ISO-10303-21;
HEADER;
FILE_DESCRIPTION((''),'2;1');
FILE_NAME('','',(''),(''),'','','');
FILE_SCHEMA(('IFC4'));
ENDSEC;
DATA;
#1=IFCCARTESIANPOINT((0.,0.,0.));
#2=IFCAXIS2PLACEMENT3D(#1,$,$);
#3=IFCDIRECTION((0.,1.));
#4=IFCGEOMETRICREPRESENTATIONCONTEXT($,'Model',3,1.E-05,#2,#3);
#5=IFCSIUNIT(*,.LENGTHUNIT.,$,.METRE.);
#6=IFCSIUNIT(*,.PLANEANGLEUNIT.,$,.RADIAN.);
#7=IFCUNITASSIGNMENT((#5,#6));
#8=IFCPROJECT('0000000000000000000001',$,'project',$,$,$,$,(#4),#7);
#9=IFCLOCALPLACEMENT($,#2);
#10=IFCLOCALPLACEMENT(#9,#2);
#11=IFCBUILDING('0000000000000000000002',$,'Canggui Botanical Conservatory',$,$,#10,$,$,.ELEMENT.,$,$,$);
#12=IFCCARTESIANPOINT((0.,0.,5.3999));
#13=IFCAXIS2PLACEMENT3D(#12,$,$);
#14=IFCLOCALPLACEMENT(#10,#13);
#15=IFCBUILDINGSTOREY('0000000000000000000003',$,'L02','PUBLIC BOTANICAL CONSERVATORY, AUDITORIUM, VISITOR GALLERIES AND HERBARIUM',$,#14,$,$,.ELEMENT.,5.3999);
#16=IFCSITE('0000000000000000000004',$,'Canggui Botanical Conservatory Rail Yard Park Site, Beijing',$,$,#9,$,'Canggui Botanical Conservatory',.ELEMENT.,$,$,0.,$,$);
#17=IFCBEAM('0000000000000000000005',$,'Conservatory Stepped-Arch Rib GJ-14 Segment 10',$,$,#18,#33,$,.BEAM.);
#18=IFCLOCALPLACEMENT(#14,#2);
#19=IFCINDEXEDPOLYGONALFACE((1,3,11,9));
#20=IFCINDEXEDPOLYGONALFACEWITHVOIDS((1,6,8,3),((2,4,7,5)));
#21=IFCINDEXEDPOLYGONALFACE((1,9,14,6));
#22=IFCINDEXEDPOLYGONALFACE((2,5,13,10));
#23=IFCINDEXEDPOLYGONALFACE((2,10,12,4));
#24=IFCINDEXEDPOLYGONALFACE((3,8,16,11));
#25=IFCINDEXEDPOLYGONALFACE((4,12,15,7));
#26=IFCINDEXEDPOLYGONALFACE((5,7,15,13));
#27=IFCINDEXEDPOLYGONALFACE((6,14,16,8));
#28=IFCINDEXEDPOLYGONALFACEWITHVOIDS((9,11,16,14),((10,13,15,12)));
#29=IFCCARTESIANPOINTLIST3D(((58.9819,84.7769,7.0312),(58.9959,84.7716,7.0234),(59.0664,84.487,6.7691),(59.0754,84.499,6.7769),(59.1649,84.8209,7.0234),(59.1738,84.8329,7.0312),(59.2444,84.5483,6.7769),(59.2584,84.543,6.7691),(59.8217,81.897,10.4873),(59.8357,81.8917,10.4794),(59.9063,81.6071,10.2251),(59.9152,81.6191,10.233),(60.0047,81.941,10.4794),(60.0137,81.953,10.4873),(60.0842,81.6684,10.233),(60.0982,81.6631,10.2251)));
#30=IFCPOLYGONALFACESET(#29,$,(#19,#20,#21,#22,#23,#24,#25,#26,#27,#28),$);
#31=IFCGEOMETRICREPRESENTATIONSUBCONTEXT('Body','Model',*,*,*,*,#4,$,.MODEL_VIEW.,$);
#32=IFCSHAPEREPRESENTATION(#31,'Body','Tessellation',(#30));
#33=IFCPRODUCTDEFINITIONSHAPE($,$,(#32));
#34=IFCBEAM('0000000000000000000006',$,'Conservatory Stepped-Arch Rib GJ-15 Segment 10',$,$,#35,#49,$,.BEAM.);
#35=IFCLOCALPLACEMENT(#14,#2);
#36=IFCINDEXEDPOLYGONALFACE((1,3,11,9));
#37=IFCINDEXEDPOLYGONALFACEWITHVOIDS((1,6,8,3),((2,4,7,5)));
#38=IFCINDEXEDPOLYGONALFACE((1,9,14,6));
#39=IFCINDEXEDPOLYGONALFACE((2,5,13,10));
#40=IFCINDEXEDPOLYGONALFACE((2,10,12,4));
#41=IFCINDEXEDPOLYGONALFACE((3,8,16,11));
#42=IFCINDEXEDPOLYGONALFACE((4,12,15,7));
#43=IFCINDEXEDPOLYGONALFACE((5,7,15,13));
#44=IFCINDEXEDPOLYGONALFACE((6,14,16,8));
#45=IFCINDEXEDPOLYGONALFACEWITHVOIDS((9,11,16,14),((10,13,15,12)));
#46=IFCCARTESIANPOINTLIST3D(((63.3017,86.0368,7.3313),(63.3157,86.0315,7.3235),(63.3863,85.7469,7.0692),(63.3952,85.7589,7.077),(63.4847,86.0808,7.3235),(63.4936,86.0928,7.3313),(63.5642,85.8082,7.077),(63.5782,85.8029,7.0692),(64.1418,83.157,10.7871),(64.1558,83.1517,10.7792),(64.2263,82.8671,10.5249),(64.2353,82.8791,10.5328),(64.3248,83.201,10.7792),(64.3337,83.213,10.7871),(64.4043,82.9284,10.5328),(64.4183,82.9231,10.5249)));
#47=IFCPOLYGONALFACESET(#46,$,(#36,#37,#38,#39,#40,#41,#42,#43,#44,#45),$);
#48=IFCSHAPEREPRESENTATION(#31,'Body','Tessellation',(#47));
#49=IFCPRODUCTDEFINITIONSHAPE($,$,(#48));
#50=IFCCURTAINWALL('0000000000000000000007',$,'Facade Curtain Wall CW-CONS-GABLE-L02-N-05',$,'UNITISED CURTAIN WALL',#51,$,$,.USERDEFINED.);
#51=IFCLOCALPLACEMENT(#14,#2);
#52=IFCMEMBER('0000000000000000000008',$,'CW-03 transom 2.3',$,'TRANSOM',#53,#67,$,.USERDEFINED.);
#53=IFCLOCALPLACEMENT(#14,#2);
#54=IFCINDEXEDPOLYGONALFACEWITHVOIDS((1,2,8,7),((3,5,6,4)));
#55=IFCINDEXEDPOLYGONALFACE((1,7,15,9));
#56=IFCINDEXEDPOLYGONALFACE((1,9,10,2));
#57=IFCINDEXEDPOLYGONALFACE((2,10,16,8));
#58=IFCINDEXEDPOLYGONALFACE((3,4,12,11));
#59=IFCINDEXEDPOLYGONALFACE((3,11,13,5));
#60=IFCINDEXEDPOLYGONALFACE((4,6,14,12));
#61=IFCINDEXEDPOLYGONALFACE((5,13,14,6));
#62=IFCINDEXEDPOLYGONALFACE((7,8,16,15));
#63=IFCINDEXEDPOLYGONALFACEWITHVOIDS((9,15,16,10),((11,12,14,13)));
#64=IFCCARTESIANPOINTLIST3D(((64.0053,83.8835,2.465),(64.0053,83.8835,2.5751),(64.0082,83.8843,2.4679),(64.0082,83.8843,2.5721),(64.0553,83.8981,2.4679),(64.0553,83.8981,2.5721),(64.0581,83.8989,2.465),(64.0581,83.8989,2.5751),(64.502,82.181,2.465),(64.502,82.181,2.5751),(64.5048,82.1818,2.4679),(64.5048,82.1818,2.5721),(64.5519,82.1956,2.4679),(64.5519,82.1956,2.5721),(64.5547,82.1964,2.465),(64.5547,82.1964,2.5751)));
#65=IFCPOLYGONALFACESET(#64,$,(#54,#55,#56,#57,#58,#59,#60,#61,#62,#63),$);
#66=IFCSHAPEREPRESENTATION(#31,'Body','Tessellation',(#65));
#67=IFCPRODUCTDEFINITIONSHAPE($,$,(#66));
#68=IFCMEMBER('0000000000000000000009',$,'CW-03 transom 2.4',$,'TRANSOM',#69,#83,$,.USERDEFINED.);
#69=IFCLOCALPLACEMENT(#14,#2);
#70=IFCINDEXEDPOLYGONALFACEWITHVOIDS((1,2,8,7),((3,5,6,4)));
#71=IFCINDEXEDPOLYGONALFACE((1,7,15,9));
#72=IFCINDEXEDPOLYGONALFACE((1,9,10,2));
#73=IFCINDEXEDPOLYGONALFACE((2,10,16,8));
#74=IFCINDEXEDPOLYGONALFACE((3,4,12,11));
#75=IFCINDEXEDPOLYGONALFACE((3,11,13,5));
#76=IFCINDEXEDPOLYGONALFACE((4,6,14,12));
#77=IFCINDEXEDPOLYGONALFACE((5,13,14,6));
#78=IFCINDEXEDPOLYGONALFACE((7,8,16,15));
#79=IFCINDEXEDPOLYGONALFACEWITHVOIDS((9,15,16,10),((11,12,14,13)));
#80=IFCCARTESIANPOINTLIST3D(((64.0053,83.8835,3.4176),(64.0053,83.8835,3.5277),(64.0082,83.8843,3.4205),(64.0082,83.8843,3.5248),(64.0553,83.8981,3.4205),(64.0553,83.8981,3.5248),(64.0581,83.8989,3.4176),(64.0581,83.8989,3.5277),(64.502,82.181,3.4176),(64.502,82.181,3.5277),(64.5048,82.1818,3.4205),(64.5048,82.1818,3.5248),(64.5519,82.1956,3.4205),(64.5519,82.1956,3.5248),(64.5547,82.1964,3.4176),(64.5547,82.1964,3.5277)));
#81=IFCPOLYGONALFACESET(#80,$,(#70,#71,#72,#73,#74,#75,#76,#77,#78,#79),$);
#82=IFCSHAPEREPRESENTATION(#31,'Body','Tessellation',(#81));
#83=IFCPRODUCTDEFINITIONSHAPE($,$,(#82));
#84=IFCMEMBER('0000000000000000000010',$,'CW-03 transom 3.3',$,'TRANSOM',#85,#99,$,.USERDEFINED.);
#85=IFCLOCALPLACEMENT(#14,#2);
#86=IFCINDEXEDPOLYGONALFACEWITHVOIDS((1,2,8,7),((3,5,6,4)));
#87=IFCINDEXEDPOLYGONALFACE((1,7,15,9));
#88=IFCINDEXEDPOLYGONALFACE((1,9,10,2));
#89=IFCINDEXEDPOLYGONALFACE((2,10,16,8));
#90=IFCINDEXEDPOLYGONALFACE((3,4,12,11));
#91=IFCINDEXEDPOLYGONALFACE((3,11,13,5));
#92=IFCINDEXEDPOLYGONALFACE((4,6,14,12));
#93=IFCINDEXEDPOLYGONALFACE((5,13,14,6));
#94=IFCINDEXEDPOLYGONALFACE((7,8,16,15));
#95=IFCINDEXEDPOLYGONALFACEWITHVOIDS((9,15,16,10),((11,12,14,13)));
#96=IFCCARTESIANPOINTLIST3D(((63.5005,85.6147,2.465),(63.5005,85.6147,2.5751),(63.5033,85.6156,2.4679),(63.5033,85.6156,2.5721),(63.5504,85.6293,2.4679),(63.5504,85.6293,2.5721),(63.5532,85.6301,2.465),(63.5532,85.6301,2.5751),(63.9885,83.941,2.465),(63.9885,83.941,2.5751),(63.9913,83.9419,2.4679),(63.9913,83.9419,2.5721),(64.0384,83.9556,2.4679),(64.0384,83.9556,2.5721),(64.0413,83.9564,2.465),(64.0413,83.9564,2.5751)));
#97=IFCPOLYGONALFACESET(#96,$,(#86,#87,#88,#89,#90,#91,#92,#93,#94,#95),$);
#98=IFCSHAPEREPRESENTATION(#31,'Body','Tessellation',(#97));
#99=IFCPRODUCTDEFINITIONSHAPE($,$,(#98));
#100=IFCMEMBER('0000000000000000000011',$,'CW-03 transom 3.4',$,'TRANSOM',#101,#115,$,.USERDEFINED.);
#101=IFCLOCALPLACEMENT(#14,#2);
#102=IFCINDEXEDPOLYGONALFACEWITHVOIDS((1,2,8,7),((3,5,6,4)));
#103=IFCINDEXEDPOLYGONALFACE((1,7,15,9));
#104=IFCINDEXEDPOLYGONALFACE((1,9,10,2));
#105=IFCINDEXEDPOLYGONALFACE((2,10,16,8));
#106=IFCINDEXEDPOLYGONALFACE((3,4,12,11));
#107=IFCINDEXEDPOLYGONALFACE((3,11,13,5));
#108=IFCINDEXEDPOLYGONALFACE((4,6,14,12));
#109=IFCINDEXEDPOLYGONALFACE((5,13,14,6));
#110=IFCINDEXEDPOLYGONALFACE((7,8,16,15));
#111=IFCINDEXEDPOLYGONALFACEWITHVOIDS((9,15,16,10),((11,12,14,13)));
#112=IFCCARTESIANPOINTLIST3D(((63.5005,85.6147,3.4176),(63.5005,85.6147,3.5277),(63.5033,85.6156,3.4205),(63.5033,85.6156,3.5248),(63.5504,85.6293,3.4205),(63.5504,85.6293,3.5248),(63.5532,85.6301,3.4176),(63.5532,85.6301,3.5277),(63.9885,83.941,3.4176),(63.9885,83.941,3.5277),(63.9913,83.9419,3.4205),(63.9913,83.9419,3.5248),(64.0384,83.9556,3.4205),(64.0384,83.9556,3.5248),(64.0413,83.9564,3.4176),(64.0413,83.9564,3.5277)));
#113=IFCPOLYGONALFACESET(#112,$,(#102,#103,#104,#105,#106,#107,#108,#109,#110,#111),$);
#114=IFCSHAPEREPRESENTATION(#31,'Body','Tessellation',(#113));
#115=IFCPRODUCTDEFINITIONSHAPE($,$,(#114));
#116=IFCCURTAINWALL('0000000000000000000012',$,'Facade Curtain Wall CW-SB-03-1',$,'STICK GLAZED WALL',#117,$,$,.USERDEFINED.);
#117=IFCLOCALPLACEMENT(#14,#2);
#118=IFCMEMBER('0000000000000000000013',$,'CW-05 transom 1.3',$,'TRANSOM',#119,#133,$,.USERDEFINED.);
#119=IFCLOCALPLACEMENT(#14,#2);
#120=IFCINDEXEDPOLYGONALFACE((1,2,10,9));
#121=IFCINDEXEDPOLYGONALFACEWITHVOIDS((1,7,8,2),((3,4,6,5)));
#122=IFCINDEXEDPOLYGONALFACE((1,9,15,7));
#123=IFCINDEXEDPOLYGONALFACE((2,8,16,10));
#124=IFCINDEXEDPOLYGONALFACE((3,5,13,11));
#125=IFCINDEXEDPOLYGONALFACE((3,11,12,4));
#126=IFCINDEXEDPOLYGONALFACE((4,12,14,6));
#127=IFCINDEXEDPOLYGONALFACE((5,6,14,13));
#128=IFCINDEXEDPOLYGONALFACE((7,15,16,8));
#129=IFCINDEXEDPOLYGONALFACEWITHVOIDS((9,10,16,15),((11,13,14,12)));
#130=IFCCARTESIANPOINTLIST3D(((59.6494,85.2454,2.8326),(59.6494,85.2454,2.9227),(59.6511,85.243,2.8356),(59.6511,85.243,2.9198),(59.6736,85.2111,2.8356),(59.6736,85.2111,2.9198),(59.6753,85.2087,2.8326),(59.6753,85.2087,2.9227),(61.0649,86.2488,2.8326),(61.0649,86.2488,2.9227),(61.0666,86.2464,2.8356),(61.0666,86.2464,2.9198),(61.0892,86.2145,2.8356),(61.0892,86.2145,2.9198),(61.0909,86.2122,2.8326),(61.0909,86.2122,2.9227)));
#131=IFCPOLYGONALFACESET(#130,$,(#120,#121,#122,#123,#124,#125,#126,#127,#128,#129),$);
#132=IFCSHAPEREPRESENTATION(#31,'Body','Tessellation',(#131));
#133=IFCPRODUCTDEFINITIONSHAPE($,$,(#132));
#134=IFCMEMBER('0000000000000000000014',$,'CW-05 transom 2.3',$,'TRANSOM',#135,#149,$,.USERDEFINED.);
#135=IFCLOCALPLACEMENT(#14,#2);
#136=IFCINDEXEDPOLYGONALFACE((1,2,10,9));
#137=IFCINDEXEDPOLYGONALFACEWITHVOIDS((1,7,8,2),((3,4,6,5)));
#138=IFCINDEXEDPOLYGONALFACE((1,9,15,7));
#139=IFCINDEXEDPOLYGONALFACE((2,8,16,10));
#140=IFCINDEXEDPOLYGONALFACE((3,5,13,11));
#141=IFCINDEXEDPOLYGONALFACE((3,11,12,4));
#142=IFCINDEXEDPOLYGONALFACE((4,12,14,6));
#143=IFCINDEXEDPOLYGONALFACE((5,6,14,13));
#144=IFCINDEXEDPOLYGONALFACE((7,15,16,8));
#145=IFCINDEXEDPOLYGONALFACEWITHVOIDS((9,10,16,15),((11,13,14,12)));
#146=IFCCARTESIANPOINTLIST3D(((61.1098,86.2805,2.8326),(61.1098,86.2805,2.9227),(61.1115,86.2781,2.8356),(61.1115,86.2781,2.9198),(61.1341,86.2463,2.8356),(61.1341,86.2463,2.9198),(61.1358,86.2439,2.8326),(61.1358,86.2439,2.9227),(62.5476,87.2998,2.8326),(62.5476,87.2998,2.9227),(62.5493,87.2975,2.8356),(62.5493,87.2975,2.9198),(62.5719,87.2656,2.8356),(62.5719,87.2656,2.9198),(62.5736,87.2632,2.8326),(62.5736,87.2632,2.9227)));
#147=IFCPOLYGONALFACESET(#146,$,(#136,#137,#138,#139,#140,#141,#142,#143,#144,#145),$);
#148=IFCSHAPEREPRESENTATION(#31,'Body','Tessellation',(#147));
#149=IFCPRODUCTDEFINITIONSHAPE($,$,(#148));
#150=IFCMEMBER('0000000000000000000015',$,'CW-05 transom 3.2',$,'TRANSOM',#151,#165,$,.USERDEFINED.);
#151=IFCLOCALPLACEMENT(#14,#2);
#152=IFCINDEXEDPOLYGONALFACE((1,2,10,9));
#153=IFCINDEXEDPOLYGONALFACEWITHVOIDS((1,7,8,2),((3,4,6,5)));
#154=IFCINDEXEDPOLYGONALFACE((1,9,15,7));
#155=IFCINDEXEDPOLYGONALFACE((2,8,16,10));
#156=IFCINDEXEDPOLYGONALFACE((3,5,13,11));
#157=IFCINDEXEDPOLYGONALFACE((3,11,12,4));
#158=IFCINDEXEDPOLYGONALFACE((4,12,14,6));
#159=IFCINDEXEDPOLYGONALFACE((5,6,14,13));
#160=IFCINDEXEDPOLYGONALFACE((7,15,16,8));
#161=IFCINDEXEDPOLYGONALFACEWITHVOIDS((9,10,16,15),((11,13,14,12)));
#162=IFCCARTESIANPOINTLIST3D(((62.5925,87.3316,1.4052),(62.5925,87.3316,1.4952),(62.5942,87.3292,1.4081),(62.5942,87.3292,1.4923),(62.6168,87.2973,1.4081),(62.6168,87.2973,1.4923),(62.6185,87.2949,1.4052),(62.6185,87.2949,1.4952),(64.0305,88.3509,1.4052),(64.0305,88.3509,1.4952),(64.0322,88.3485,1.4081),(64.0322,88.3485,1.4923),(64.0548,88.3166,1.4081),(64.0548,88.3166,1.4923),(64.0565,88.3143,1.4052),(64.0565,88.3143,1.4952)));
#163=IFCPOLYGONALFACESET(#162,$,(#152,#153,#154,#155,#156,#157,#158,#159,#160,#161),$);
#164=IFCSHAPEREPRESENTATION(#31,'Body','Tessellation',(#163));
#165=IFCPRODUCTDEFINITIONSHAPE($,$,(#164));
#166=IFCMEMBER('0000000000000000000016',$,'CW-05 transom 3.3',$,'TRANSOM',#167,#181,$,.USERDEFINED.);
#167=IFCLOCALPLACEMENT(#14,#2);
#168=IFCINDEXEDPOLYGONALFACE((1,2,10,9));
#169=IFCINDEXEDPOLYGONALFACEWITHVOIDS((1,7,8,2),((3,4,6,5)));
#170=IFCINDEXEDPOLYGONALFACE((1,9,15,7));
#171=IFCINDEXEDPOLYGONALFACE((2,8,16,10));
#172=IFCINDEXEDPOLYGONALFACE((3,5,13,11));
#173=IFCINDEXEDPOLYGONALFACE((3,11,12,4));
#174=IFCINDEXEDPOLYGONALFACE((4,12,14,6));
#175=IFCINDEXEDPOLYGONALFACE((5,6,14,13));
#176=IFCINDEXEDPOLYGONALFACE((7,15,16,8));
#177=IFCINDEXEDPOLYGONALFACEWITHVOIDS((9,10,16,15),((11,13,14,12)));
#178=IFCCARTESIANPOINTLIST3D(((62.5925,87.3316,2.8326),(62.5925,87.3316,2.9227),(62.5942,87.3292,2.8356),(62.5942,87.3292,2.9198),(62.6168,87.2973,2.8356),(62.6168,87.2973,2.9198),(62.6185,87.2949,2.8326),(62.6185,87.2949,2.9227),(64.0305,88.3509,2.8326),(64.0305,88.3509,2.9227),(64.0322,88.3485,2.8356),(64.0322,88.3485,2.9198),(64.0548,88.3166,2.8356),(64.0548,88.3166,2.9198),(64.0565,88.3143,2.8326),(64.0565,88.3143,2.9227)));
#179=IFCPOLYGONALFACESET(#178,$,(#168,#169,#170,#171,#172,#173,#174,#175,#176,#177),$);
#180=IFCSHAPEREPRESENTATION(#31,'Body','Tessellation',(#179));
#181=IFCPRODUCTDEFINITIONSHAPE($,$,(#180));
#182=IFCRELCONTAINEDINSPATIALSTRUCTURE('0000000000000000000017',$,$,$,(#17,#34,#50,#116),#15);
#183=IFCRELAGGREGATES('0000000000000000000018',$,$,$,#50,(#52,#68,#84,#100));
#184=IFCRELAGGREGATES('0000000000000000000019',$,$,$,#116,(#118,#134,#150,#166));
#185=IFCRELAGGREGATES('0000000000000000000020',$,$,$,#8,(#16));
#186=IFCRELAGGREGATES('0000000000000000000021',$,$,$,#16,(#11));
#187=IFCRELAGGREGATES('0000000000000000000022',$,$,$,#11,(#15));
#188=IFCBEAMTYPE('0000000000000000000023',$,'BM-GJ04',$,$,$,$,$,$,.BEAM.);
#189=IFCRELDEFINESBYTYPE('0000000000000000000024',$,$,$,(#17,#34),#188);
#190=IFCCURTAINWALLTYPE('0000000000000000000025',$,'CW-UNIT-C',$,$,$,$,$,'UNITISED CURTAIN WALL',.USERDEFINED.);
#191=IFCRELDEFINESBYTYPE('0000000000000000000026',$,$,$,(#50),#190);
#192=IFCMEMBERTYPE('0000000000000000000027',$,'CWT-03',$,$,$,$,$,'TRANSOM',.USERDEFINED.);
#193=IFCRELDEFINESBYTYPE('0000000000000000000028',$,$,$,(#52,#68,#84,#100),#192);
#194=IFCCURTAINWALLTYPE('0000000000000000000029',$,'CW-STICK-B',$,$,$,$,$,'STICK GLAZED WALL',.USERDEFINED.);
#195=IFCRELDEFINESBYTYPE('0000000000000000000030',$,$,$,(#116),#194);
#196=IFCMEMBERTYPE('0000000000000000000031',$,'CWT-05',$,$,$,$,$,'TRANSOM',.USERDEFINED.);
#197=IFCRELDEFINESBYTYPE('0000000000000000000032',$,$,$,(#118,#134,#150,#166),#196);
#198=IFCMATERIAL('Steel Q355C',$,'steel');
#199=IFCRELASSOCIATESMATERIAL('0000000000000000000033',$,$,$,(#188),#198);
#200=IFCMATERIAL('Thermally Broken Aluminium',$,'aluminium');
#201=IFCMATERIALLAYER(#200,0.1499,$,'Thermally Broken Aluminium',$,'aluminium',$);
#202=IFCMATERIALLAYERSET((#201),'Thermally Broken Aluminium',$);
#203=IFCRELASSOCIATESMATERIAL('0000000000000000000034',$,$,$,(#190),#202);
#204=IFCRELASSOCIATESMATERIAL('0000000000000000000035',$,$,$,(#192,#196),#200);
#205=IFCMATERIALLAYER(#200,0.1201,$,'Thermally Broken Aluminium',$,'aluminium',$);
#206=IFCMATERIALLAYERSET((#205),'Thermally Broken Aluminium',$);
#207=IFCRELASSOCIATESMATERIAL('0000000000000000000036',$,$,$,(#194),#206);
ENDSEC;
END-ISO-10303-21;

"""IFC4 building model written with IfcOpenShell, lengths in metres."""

from ifc_helpers import new_model, si_unit, direction, frame, origin, origin_2d, place, context, subcontext, project, spatial, hollow_rectangle, extrude, material, layer, layer_set, material_profile, profile_set, type_object, element, aggregate, save


model = new_model("IFC4")

# Units and contexts
model_context = context("Model", 3, precision=1e-05, world=origin(), true_north=direction((0.0, 1.0)))
body_context = subcontext(model_context, "Body", "Model", "MODEL_VIEW")
ifc_project = project(units=[si_unit("LENGTHUNIT", "METRE"), si_unit("PLANEANGLEUNIT", "RADIAN")], contexts=[model_context])

# Site, building, storey
site_placement = place(None, origin())
site = spatial("IfcSite", under=ifc_project, at=site_placement, Name="Canggui Botanical Conservatory Rail Yard Park Site, Beijing", LongName="Canggui Botanical Conservatory", CompositionType="ELEMENT", RefElevation=0.0)
building_placement = place(site_placement, origin())
building = spatial("IfcBuilding", under=site, at=building_placement, Name="Canggui Botanical Conservatory", CompositionType="ELEMENT")
storey_placement = place(building_placement, frame((0.0, 0.0, 5.3999)))
storey = spatial("IfcBuildingStorey", under=building, at=storey_placement, Name="L02", Description="PUBLIC BOTANICAL CONSERVATORY, AUDITORIUM, VISITOR GALLERIES AND HERBARIUM", CompositionType="ELEMENT", Elevation=5.3999)

# Beams
ifc_material_1 = material(Name="Steel Q355C", Category="steel")
ifc_material_profile_1 = material_profile(ifc_material_1, hollow_rectangle(XDim=0.2, YDim=0.3999, WallThickness=0.012, at=origin_2d()), Name="RHS 200x400x12")
ifc_profile_set_1 = profile_set([ifc_material_profile_1], Name="Steel Q355C")
beam_type = type_object("IfcBeamType", Name="BM-GJ04", PredefinedType="BEAM", material=ifc_profile_set_1)
beam_1_placement = place(storey_placement, frame((59.96, 81.78, 10.3562), z_axis=(-0.183517, 0.629291, -0.755192), x_axis=(-0.960011, -0.279962, 0.0)))
element("IfcBeam", 1, at=beam_1_placement, inside=storey, type_object=beam_type, Name="Conservatory Stepped-Arch Rib GJ-14 Segment 10", PredefinedType="BEAM", context=body_context, shape_type="SweptSolid", body=[
    extrude(hollow_rectangle(XDim=0.2, YDim=0.3999, WallThickness=0.012, at=origin_2d()), origin(), (0.0, 0.0, 1.0), 4.5764),
])
beam_2_placement = place(storey_placement, frame((64.28, 83.04, 10.656), z_axis=(-0.183575, 0.62931, -0.755161), x_axis=(-0.959989, -0.280038, 0.0)))
element("IfcBeam", 2, at=beam_2_placement, inside=storey, type_object=beam_type, Name="Conservatory Stepped-Arch Rib GJ-15 Segment 10", PredefinedType="BEAM", context=body_context, shape_type="SweptSolid", body=[
    extrude(hollow_rectangle(XDim=0.2, YDim=0.3999, WallThickness=0.012, at=origin_2d()), origin(), (0.0, 0.0, 1.0), 4.5762),
])

# Curtain walls, members
ifc_material_2 = material(Name="Thermally Broken Aluminium", Category="aluminium")
ifc_layer_1 = layer(ifc_material_2, 0.1499, Name="Thermally Broken Aluminium", Category="aluminium")
ifc_layer_set_1 = layer_set([ifc_layer_1], Name="Thermally Broken Aluminium")
curtain_wall_type_1 = type_object("IfcCurtainWallType", Name="CW-UNIT-C", ElementType="UNITISED CURTAIN WALL", PredefinedType="USERDEFINED", material=ifc_layer_set_1)
curtain_wall_1_placement = place(storey_placement, origin())
curtain_wall_1 = element("IfcCurtainWall", 3, at=curtain_wall_1_placement, inside=storey, type_object=curtain_wall_type_1, Name="Facade Curtain Wall CW-CONS-GABLE-L02-N-05", ObjectType="UNITISED CURTAIN WALL", PredefinedType="USERDEFINED")
ifc_material_profile_2 = material_profile(ifc_material_2, hollow_rectangle(XDim=0.0549, YDim=0.1101, WallThickness=0.0029, at=origin_2d()), Name="CWT 55x110x3")
ifc_profile_set_2 = profile_set([ifc_material_profile_2], Name="Thermally Broken Aluminium")
member_type_1 = type_object("IfcMemberType", Name="CWT-03", ElementType="TRANSOM", PredefinedType="USERDEFINED", material=ifc_profile_set_2)
member_1_placement = place(storey_placement, frame((64.5283, 82.1887, 2.52), z_axis=(-0.280026, 0.959992, 0.0), x_axis=(-0.959992, -0.280026, 0.0)))
member_1 = element("IfcMember", 4, at=member_1_placement, type_object=member_type_1, Name="CW-03 transom 2.3", ObjectType="TRANSOM", PredefinedType="USERDEFINED", context=body_context, shape_type="SweptSolid", body=[
    extrude(hollow_rectangle(XDim=0.0549, YDim=0.1101, WallThickness=0.0029, at=origin_2d()), origin(), (0.0, 0.0, 1.0), 1.7734),
])
member_2_placement = place(storey_placement, frame((64.5283, 82.1887, 3.4727), z_axis=(-0.280026, 0.959992, 0.0), x_axis=(-0.959992, -0.280026, 0.0)))
member_2 = element("IfcMember", 5, at=member_2_placement, type_object=member_type_1, Name="CW-03 transom 2.4", ObjectType="TRANSOM", PredefinedType="USERDEFINED", context=body_context, shape_type="SweptSolid", body=[
    extrude(hollow_rectangle(XDim=0.0549, YDim=0.1101, WallThickness=0.0029, at=origin_2d()), origin(), (0.0, 0.0, 1.0), 1.7734),
])
member_3_placement = place(storey_placement, frame((64.0149, 83.9487, 2.52), z_axis=(-0.279952, 0.960014, 0.0), x_axis=(-0.960014, -0.279952, 0.0)))
member_3 = element("IfcMember", 6, at=member_3_placement, type_object=member_type_1, Name="CW-03 transom 3.3", ObjectType="TRANSOM", PredefinedType="USERDEFINED", context=body_context, shape_type="SweptSolid", body=[
    extrude(hollow_rectangle(XDim=0.0549, YDim=0.1101, WallThickness=0.0029, at=origin_2d()), origin(), (0.0, 0.0, 1.0), 1.7434),
])
member_4_placement = place(storey_placement, frame((64.0149, 83.9487, 3.4727), z_axis=(-0.279952, 0.960014, 0.0), x_axis=(-0.960014, -0.279952, 0.0)))
member_4 = element("IfcMember", 7, at=member_4_placement, type_object=member_type_1, Name="CW-03 transom 3.4", ObjectType="TRANSOM", PredefinedType="USERDEFINED", context=body_context, shape_type="SweptSolid", body=[
    extrude(hollow_rectangle(XDim=0.0549, YDim=0.1101, WallThickness=0.0029, at=origin_2d()), origin(), (0.0, 0.0, 1.0), 1.7434),
])
ifc_layer_2 = layer(ifc_material_2, 0.1201, Name="Thermally Broken Aluminium", Category="aluminium")
ifc_layer_set_2 = layer_set([ifc_layer_2], Name="Thermally Broken Aluminium")
curtain_wall_type_2 = type_object("IfcCurtainWallType", Name="CW-STICK-B", ElementType="STICK GLAZED WALL", PredefinedType="USERDEFINED", material=ifc_layer_set_2)
curtain_wall_2_placement = place(storey_placement, origin())
curtain_wall_2 = element("IfcCurtainWall", 8, at=curtain_wall_2_placement, inside=storey, type_object=curtain_wall_type_2, Name="Facade Curtain Wall CW-SB-03-1", ObjectType="STICK GLAZED WALL", PredefinedType="USERDEFINED")
ifc_material_profile_3 = material_profile(ifc_material_2, hollow_rectangle(XDim=0.0449, YDim=0.0901, WallThickness=0.0029, at=origin_2d()), Name="CWT 45x90x3")
ifc_profile_set_3 = profile_set([ifc_material_profile_3], Name="Thermally Broken Aluminium")
member_type_2 = type_object("IfcMemberType", Name="CWT-05", ElementType="TRANSOM", PredefinedType="USERDEFINED", material=ifc_profile_set_3)
member_5_placement = place(storey_placement, frame((59.6624, 85.2271, 2.8777), z_axis=(0.81582, 0.578306, 0.0), x_axis=(-0.578306, 0.81582, 0.0)))
member_5 = element("IfcMember", 9, at=member_5_placement, type_object=member_type_2, Name="CW-05 transom 1.3", ObjectType="TRANSOM", PredefinedType="USERDEFINED", context=body_context, shape_type="SweptSolid", body=[
    extrude(hollow_rectangle(XDim=0.0449, YDim=0.0901, WallThickness=0.0029, at=origin_2d()), origin(), (0.0, 0.0, 1.0), 1.7351),
])
member_6_placement = place(storey_placement, frame((61.1228, 86.2622, 2.8777), z_axis=(0.815788, 0.578352, 0.0), x_axis=(-0.578352, 0.815788, 0.0)))
member_6 = element("IfcMember", 10, at=member_6_placement, type_object=member_type_2, Name="CW-05 transom 2.3", ObjectType="TRANSOM", PredefinedType="USERDEFINED", context=body_context, shape_type="SweptSolid", body=[
    extrude(hollow_rectangle(XDim=0.0449, YDim=0.0901, WallThickness=0.0029, at=origin_2d()), origin(), (0.0, 0.0, 1.0), 1.7625),
])
member_7_placement = place(storey_placement, frame((62.6055, 87.3132, 1.4502), z_axis=(0.815834, 0.578286, 0.0), x_axis=(-0.578286, 0.815834, 0.0)))
member_7 = element("IfcMember", 11, at=member_7_placement, type_object=member_type_2, Name="CW-05 transom 3.2", ObjectType="TRANSOM", PredefinedType="USERDEFINED", context=body_context, shape_type="SweptSolid", body=[
    extrude(hollow_rectangle(XDim=0.0449, YDim=0.0901, WallThickness=0.0029, at=origin_2d()), origin(), (0.0, 0.0, 1.0), 1.7627),
])
member_8_placement = place(storey_placement, frame((62.6055, 87.3132, 2.8777), z_axis=(0.815834, 0.578286, 0.0), x_axis=(-0.578286, 0.815834, 0.0)))
member_8 = element("IfcMember", 12, at=member_8_placement, type_object=member_type_2, Name="CW-05 transom 3.3", ObjectType="TRANSOM", PredefinedType="USERDEFINED", context=body_context, shape_type="SweptSolid", body=[
    extrude(hollow_rectangle(XDim=0.0449, YDim=0.0901, WallThickness=0.0029, at=origin_2d()), origin(), (0.0, 0.0, 1.0), 1.7627),
])

aggregate(curtain_wall_1, [member_1, member_2, member_3, member_4])
aggregate(curtain_wall_2, [member_5, member_6, member_7, member_8])

save(model, "model.ifc")
